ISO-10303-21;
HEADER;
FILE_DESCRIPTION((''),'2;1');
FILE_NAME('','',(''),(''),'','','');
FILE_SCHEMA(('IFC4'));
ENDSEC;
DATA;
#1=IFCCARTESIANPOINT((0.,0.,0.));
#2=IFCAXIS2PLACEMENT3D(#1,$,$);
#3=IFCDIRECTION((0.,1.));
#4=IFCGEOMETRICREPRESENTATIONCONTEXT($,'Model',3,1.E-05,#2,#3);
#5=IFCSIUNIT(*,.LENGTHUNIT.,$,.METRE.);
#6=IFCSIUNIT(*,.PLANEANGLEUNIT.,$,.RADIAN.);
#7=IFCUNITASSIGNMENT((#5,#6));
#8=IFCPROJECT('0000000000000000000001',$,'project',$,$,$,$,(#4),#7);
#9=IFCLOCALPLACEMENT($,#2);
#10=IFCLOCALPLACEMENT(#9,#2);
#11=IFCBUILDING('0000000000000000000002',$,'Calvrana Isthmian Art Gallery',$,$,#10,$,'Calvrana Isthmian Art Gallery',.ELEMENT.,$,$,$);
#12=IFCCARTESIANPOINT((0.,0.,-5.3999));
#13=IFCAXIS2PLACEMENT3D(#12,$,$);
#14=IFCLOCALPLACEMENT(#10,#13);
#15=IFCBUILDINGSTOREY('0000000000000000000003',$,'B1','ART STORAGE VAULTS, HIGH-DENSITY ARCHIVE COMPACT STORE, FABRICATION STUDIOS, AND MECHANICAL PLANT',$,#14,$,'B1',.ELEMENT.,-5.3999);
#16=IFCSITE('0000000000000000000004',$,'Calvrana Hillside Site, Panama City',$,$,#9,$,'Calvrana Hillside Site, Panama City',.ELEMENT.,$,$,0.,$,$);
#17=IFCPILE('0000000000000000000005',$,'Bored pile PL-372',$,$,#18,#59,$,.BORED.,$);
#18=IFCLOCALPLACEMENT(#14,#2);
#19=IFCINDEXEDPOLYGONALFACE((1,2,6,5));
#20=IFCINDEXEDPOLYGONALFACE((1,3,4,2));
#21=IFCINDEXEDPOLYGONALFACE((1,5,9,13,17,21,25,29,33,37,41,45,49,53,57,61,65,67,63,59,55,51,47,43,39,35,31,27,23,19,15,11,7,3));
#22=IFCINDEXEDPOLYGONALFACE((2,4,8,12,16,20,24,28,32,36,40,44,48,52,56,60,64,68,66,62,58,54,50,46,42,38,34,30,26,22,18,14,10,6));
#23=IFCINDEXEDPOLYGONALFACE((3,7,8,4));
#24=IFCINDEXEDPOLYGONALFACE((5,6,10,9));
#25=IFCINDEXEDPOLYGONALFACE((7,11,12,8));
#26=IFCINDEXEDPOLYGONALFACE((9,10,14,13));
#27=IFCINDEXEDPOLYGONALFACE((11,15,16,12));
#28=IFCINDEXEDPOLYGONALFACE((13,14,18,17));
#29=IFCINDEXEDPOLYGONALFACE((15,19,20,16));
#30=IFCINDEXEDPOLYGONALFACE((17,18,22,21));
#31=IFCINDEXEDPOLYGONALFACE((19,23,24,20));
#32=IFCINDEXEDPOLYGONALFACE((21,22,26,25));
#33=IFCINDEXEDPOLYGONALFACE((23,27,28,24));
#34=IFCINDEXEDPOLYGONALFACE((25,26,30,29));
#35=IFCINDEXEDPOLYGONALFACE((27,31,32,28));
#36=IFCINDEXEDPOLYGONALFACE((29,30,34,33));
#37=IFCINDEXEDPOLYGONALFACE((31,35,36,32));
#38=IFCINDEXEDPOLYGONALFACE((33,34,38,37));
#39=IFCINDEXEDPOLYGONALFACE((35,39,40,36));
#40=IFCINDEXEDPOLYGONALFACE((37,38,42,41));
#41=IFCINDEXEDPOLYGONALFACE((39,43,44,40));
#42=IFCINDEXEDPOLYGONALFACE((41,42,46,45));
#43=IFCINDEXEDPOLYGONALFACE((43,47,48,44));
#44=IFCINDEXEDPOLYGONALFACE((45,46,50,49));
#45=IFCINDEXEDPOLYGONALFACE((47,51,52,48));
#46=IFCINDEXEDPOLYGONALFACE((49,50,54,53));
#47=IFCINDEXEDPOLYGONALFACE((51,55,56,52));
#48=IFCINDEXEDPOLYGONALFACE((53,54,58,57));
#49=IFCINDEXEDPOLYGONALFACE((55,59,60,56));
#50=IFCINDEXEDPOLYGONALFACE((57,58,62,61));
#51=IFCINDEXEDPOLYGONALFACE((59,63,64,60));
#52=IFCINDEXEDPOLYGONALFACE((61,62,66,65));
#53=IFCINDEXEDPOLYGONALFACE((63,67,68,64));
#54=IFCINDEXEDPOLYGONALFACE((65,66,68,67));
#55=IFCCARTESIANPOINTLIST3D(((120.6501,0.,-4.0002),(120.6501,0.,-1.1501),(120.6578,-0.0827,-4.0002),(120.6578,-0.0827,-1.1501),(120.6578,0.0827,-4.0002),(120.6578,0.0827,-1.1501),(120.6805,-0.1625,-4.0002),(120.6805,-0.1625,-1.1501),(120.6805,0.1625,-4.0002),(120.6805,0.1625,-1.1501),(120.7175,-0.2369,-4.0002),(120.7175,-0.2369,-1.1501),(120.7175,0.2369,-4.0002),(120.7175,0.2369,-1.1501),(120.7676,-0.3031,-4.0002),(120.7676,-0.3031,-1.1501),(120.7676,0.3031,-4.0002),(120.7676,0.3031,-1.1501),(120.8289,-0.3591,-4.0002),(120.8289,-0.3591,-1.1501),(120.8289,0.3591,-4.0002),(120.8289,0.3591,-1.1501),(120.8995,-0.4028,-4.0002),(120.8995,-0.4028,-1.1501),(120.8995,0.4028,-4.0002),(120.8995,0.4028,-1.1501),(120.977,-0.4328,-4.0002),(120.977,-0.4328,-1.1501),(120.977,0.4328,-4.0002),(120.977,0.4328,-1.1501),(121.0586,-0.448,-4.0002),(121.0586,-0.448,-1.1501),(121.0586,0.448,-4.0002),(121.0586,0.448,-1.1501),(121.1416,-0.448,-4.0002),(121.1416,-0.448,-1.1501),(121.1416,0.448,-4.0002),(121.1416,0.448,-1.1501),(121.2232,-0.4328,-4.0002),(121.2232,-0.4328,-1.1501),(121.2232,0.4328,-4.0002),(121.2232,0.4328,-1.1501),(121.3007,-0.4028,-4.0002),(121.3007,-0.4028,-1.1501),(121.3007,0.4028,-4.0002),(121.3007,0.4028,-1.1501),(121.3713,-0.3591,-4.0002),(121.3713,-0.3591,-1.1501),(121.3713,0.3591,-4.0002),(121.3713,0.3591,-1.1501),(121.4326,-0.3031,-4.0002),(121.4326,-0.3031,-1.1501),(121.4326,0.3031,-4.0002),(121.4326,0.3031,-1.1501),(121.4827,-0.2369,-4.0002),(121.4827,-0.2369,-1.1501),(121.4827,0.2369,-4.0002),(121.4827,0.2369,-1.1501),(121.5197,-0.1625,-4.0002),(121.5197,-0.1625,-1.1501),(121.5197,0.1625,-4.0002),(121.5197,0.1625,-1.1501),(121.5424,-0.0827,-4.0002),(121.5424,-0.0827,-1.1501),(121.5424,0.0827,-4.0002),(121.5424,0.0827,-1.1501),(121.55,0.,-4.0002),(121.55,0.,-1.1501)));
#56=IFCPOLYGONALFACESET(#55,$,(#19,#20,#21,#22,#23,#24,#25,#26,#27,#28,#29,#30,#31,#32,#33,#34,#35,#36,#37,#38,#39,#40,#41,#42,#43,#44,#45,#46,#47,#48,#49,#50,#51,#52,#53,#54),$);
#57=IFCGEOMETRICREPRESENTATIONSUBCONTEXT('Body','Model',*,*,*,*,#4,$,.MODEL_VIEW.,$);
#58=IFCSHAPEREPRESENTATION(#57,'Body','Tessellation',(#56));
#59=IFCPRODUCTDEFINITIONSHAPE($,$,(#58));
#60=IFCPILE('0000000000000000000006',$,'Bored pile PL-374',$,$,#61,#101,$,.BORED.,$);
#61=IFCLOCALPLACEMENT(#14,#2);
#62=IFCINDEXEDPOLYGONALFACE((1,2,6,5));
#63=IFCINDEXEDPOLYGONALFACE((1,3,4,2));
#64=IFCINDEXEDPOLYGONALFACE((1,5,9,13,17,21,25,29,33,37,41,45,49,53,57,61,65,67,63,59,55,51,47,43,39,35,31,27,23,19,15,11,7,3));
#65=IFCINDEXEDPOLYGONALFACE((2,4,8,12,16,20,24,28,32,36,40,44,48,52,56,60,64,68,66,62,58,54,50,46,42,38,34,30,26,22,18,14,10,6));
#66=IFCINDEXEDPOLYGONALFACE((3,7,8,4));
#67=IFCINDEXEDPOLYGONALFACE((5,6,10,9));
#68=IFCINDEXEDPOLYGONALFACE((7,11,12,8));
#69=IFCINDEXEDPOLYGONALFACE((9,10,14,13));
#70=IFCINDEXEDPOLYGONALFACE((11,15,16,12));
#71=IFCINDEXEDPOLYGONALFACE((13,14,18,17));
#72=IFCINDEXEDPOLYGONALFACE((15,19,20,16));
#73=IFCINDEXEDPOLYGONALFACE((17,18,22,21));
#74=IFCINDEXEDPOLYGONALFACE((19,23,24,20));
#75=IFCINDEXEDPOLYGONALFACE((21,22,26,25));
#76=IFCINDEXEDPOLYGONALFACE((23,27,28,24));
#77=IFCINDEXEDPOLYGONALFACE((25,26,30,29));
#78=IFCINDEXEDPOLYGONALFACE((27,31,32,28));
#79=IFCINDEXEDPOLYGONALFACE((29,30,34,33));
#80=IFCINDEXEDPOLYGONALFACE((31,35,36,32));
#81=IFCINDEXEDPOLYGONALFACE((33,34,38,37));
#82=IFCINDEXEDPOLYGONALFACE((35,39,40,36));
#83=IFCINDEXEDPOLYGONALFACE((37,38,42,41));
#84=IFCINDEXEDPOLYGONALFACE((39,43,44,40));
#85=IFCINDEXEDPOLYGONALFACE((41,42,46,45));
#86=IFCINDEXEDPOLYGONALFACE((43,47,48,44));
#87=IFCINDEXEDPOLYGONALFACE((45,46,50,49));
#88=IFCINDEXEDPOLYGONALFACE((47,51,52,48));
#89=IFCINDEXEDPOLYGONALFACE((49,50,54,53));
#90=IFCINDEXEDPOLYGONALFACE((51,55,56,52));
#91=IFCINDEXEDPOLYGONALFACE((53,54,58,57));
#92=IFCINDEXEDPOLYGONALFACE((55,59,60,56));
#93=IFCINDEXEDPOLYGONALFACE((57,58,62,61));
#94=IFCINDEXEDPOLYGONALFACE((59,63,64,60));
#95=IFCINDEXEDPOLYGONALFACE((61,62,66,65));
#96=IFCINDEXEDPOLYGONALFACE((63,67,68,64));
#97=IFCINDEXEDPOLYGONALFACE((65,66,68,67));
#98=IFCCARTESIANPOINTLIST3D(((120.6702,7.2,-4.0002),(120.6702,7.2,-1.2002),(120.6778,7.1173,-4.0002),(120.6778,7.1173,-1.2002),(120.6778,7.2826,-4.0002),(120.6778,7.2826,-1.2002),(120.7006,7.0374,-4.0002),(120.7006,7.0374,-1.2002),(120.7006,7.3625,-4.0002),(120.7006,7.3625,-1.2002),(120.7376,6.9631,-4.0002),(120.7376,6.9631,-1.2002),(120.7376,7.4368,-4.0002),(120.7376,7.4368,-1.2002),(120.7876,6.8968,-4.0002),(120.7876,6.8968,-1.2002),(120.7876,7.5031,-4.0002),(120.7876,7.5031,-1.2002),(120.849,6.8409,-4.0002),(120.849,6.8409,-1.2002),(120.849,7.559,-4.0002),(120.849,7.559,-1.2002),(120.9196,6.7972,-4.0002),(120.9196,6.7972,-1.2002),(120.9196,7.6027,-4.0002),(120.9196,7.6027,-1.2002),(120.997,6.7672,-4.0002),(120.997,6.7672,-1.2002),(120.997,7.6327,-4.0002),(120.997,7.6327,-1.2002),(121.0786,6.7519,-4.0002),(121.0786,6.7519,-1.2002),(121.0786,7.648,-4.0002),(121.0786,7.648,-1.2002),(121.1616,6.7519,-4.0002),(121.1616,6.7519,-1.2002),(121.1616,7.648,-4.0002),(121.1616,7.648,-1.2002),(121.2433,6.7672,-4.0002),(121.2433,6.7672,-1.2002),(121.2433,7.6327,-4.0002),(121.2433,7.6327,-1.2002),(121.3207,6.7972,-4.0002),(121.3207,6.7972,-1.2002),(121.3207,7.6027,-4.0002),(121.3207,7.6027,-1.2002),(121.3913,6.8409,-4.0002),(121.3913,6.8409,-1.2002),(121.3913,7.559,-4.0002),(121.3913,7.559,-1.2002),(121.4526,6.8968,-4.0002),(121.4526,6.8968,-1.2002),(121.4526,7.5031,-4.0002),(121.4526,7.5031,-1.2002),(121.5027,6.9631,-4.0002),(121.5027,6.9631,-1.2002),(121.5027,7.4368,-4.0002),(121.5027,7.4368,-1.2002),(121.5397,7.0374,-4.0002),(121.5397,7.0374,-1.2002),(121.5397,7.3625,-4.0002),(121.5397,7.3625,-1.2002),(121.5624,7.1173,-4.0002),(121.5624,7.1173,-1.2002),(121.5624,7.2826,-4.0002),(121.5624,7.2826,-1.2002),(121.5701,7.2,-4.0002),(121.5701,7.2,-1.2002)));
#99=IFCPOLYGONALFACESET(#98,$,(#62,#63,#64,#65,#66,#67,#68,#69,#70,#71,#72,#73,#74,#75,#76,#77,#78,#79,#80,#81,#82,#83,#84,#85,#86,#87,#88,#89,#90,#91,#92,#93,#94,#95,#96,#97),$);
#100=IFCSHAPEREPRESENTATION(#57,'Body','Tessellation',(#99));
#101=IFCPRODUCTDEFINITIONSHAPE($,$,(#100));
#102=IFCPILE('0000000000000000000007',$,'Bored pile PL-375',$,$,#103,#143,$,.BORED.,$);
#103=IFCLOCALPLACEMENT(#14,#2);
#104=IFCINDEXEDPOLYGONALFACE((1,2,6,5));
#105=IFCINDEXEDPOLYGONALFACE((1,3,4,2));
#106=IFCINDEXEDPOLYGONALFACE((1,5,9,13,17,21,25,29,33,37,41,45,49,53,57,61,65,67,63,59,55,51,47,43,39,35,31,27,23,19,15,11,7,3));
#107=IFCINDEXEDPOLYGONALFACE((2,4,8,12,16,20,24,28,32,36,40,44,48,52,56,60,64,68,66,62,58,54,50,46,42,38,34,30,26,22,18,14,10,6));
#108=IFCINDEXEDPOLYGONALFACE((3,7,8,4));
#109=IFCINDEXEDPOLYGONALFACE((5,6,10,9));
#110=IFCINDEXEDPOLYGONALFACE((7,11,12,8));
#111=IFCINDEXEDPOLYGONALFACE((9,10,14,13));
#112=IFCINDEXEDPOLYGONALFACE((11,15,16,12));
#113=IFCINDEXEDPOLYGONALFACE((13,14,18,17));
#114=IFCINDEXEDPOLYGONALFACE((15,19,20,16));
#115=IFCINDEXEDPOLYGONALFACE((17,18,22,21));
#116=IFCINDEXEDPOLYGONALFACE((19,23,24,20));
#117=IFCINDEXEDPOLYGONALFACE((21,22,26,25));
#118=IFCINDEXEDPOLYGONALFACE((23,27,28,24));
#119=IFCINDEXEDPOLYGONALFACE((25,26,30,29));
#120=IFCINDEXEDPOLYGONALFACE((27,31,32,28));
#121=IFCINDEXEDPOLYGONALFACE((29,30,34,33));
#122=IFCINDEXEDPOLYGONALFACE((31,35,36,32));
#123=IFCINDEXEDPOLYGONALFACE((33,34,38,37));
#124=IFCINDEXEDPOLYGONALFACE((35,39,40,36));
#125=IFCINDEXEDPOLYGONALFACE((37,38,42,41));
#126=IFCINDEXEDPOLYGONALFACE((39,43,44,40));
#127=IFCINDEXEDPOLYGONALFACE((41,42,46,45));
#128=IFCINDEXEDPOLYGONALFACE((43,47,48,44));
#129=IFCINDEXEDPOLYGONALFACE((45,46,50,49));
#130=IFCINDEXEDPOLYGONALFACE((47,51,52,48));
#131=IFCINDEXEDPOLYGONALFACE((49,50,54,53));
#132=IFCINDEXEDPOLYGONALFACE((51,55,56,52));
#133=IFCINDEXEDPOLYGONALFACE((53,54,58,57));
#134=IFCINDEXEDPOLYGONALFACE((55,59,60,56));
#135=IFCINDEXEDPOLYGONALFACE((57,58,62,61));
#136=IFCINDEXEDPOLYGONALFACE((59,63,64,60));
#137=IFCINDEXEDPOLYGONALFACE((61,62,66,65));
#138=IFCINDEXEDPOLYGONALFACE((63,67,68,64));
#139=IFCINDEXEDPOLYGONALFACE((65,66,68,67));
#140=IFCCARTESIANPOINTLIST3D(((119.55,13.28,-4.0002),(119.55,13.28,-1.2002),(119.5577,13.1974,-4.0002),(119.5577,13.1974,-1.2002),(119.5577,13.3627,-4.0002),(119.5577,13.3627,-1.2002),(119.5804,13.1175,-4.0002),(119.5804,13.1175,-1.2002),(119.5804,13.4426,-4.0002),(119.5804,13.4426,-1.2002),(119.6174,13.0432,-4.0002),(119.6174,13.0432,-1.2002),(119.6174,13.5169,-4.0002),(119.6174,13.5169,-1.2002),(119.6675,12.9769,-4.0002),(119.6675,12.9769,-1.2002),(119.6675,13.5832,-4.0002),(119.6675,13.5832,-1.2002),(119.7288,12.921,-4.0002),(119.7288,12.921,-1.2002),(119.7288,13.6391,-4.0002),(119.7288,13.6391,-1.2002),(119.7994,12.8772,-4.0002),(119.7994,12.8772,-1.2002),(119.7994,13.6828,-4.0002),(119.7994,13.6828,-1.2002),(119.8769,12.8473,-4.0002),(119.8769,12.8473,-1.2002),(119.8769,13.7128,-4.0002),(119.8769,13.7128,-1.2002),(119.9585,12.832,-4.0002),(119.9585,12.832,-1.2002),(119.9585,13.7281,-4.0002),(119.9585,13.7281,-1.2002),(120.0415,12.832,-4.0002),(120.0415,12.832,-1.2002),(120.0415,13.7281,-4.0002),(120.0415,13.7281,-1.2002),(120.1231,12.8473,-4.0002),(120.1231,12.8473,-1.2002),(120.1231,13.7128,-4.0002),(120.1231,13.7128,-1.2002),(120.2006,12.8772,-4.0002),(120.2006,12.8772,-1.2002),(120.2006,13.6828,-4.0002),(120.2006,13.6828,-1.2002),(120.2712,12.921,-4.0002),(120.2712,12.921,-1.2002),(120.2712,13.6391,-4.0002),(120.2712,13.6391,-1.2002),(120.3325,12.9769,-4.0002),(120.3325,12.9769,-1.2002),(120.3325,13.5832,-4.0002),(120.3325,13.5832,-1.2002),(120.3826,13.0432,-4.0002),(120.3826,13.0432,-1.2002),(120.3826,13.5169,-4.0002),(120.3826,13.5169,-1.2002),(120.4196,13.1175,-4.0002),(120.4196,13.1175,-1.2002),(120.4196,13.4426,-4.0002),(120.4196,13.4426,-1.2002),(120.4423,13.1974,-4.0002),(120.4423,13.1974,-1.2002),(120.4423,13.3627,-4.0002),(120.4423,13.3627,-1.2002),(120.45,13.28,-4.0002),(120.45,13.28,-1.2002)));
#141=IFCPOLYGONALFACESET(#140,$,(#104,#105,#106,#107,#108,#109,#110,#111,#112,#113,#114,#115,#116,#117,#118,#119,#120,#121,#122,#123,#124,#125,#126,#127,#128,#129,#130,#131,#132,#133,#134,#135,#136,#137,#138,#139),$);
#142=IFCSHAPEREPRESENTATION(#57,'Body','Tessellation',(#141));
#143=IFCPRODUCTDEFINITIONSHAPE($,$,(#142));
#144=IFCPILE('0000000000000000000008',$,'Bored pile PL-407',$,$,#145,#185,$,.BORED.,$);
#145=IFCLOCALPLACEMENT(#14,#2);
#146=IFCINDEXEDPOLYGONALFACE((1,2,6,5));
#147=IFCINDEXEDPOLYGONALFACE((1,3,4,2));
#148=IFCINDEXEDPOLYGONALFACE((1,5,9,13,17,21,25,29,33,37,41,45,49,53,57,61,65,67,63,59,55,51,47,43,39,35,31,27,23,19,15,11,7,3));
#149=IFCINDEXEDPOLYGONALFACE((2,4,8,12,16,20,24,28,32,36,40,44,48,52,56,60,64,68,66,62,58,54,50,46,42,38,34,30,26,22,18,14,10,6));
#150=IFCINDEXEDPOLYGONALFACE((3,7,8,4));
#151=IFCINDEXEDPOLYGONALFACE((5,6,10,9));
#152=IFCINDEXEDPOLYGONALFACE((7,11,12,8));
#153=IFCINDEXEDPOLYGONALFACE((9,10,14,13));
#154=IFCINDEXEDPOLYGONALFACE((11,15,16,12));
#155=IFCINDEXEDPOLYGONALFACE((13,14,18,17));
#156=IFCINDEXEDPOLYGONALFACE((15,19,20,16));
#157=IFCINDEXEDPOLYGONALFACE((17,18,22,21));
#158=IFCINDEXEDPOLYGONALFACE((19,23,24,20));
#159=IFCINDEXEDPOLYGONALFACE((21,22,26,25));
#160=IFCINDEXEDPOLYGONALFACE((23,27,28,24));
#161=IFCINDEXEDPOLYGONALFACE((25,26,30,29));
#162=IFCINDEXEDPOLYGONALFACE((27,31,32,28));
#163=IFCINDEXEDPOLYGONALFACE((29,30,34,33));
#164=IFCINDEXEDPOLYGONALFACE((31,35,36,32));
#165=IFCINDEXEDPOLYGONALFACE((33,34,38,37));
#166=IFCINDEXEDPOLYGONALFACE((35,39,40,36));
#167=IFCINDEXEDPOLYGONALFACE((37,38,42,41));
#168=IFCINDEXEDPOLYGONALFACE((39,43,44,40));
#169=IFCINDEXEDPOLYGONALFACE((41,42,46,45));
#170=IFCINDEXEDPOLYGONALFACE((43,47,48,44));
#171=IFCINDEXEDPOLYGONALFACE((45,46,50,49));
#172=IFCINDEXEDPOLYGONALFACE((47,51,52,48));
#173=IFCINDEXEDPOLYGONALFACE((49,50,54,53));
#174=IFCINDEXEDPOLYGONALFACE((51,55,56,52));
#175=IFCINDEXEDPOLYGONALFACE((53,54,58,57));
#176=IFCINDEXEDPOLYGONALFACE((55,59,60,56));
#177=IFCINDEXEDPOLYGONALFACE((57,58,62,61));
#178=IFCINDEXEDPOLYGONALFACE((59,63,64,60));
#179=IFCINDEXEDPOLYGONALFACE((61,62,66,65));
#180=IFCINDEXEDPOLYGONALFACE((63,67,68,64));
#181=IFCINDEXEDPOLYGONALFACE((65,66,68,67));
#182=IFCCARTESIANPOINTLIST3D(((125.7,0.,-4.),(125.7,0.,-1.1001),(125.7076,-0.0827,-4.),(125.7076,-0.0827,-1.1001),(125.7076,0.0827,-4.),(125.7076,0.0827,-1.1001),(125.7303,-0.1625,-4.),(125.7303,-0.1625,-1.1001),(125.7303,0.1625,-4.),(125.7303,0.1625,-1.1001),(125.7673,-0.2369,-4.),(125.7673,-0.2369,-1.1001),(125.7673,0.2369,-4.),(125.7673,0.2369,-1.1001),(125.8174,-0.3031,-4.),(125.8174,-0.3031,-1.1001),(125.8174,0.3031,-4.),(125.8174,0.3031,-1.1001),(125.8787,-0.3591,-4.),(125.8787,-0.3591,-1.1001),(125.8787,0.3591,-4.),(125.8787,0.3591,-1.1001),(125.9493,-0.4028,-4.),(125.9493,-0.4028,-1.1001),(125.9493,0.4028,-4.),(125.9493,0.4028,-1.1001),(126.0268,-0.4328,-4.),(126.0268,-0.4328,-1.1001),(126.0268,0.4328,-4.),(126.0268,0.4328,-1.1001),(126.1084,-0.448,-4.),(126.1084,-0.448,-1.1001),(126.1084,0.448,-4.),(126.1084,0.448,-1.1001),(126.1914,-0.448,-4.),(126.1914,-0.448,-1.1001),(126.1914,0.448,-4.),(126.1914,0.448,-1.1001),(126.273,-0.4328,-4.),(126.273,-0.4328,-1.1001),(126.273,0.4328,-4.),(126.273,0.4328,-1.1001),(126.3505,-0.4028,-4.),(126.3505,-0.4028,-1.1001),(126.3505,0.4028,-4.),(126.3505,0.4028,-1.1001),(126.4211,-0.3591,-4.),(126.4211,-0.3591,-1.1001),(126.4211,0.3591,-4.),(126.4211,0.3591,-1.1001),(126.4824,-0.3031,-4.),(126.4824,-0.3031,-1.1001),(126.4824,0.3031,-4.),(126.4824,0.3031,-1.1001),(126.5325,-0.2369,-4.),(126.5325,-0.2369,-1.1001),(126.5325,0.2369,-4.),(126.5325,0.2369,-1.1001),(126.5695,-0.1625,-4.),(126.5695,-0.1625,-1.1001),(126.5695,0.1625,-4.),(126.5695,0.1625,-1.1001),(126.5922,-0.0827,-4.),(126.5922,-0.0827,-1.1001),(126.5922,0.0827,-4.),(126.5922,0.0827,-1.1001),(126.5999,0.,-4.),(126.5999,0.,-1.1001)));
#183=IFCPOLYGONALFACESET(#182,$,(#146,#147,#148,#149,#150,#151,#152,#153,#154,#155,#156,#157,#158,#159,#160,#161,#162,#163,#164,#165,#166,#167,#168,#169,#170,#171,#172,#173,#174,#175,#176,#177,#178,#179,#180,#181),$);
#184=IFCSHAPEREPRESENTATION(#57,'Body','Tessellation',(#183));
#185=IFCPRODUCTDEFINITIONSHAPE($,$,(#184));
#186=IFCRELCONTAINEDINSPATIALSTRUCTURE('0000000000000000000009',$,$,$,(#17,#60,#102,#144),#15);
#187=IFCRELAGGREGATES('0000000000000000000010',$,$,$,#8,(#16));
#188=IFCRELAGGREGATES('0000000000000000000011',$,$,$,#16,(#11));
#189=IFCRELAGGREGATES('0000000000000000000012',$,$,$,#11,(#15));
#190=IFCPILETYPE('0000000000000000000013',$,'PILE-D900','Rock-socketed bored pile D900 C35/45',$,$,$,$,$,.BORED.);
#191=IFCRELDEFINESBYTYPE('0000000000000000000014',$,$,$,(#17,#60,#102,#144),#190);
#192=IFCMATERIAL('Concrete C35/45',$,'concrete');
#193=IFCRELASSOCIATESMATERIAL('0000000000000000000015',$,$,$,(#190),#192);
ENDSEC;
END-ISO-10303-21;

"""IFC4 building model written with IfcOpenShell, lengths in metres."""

from ifc_helpers import new_model, si_unit, direction, frame, origin, origin_2d, place, context, subcontext, project, spatial, circle, extrude, material, material_profile, profile_set, type_object, element, save


model = new_model("IFC4")

# Units and contexts
model_context = context("Model", 3, precision=1e-05, world=origin(), true_north=direction((0.0, 1.0)))
body_context = subcontext(model_context, "Body", "Model", "MODEL_VIEW")
ifc_project = project(units=[si_unit("LENGTHUNIT", "METRE"), si_unit("PLANEANGLEUNIT", "RADIAN")], contexts=[model_context])

# Site, building, storey
site_placement = place(None, origin())
site = spatial("IfcSite", under=ifc_project, at=site_placement, Name="Calvrana Hillside Site, Panama City", LongName="Calvrana Hillside Site, Panama City", CompositionType="ELEMENT", RefElevation=0.0)
building_placement = place(site_placement, origin())
building = spatial("IfcBuilding", under=site, at=building_placement, Name="Calvrana Isthmian Art Gallery", LongName="Calvrana Isthmian Art Gallery", CompositionType="ELEMENT")
storey_placement = place(building_placement, frame((0.0, 0.0, -5.3999)))
storey = spatial("IfcBuildingStorey", under=building, at=storey_placement, Name="B1", Description="ART STORAGE VAULTS, HIGH-DENSITY ARCHIVE COMPACT STORE, FABRICATION STUDIOS, AND MECHANICAL PLANT", LongName="B1", CompositionType="ELEMENT", Elevation=-5.3999)

# Shared definitions
ifc_material_1 = material(Name="Concrete C35/45", Category="concrete")

# Piles
ifc_material_profile_1 = material_profile(ifc_material_1, circle(Radius=0.45, at=origin_2d()), Name="PILE900D")
ifc_profile_set_1 = profile_set([ifc_material_profile_1], Name="Concrete C35/45")
pile_type_1 = type_object("IfcPileType", Name="PILE-D900", Description="Rock-socketed bored pile D900 C35/45", PredefinedType="BORED", material=ifc_profile_set_1)
pile_1_placement = place(storey_placement, frame((121.1001, 0.0, -1.1501), z_axis=(0.0, 0.0, -1.0), x_axis=(1.0, 0.0, 0.0)))
element("IfcPile", 1, at=pile_1_placement, inside=storey, type_object=pile_type_1, Name="Bored pile PL-372", PredefinedType="BORED", context=body_context, shape_type="SweptSolid", body=[
    extrude(circle(Radius=0.45, at=origin_2d()), origin(), (0.0, 0.0, 1.0), 2.8501),
])
for number, where, z_axis, x_axis, name in (
    (2, (121.1201, 7.2, -1.2002), (0.0, 0.0, -1.0), (1.0, 0.0, 0.0), "Bored pile PL-374"),
    (3, (120.0, 13.28, -1.2002), (0.0, 0.0, -1.0), (1.0, 0.0, 0.0), "Bored pile PL-375"),
):
    element("IfcPile", number, at=place(storey_placement, frame(where, z_axis=z_axis, x_axis=x_axis)), inside=storey, type_object=pile_type_1, Name=name, PredefinedType="BORED", context=body_context, shape_type="SweptSolid", body=[
        extrude(circle(Radius=0.45, at=origin_2d()), origin(), (0.0, 0.0, 1.0), 2.8),
    ])
for number, where, z_axis, x_axis, name in (
    (4, (126.1499, 0.0, -1.1001), (0.0, 0.0, -1.0), (1.0, 0.0, 0.0), "Bored pile PL-407"),
):
    element("IfcPile", number, at=place(storey_placement, frame(where, z_axis=z_axis, x_axis=x_axis)), inside=storey, type_object=pile_type_1, Name=name, PredefinedType="BORED", context=body_context, shape_type="SweptSolid", body=[
        extrude(circle(Radius=0.45, at=origin_2d()), origin(), (0.0, 0.0, 1.0), 2.8999),
    ])

save(model, "model.ifc")
